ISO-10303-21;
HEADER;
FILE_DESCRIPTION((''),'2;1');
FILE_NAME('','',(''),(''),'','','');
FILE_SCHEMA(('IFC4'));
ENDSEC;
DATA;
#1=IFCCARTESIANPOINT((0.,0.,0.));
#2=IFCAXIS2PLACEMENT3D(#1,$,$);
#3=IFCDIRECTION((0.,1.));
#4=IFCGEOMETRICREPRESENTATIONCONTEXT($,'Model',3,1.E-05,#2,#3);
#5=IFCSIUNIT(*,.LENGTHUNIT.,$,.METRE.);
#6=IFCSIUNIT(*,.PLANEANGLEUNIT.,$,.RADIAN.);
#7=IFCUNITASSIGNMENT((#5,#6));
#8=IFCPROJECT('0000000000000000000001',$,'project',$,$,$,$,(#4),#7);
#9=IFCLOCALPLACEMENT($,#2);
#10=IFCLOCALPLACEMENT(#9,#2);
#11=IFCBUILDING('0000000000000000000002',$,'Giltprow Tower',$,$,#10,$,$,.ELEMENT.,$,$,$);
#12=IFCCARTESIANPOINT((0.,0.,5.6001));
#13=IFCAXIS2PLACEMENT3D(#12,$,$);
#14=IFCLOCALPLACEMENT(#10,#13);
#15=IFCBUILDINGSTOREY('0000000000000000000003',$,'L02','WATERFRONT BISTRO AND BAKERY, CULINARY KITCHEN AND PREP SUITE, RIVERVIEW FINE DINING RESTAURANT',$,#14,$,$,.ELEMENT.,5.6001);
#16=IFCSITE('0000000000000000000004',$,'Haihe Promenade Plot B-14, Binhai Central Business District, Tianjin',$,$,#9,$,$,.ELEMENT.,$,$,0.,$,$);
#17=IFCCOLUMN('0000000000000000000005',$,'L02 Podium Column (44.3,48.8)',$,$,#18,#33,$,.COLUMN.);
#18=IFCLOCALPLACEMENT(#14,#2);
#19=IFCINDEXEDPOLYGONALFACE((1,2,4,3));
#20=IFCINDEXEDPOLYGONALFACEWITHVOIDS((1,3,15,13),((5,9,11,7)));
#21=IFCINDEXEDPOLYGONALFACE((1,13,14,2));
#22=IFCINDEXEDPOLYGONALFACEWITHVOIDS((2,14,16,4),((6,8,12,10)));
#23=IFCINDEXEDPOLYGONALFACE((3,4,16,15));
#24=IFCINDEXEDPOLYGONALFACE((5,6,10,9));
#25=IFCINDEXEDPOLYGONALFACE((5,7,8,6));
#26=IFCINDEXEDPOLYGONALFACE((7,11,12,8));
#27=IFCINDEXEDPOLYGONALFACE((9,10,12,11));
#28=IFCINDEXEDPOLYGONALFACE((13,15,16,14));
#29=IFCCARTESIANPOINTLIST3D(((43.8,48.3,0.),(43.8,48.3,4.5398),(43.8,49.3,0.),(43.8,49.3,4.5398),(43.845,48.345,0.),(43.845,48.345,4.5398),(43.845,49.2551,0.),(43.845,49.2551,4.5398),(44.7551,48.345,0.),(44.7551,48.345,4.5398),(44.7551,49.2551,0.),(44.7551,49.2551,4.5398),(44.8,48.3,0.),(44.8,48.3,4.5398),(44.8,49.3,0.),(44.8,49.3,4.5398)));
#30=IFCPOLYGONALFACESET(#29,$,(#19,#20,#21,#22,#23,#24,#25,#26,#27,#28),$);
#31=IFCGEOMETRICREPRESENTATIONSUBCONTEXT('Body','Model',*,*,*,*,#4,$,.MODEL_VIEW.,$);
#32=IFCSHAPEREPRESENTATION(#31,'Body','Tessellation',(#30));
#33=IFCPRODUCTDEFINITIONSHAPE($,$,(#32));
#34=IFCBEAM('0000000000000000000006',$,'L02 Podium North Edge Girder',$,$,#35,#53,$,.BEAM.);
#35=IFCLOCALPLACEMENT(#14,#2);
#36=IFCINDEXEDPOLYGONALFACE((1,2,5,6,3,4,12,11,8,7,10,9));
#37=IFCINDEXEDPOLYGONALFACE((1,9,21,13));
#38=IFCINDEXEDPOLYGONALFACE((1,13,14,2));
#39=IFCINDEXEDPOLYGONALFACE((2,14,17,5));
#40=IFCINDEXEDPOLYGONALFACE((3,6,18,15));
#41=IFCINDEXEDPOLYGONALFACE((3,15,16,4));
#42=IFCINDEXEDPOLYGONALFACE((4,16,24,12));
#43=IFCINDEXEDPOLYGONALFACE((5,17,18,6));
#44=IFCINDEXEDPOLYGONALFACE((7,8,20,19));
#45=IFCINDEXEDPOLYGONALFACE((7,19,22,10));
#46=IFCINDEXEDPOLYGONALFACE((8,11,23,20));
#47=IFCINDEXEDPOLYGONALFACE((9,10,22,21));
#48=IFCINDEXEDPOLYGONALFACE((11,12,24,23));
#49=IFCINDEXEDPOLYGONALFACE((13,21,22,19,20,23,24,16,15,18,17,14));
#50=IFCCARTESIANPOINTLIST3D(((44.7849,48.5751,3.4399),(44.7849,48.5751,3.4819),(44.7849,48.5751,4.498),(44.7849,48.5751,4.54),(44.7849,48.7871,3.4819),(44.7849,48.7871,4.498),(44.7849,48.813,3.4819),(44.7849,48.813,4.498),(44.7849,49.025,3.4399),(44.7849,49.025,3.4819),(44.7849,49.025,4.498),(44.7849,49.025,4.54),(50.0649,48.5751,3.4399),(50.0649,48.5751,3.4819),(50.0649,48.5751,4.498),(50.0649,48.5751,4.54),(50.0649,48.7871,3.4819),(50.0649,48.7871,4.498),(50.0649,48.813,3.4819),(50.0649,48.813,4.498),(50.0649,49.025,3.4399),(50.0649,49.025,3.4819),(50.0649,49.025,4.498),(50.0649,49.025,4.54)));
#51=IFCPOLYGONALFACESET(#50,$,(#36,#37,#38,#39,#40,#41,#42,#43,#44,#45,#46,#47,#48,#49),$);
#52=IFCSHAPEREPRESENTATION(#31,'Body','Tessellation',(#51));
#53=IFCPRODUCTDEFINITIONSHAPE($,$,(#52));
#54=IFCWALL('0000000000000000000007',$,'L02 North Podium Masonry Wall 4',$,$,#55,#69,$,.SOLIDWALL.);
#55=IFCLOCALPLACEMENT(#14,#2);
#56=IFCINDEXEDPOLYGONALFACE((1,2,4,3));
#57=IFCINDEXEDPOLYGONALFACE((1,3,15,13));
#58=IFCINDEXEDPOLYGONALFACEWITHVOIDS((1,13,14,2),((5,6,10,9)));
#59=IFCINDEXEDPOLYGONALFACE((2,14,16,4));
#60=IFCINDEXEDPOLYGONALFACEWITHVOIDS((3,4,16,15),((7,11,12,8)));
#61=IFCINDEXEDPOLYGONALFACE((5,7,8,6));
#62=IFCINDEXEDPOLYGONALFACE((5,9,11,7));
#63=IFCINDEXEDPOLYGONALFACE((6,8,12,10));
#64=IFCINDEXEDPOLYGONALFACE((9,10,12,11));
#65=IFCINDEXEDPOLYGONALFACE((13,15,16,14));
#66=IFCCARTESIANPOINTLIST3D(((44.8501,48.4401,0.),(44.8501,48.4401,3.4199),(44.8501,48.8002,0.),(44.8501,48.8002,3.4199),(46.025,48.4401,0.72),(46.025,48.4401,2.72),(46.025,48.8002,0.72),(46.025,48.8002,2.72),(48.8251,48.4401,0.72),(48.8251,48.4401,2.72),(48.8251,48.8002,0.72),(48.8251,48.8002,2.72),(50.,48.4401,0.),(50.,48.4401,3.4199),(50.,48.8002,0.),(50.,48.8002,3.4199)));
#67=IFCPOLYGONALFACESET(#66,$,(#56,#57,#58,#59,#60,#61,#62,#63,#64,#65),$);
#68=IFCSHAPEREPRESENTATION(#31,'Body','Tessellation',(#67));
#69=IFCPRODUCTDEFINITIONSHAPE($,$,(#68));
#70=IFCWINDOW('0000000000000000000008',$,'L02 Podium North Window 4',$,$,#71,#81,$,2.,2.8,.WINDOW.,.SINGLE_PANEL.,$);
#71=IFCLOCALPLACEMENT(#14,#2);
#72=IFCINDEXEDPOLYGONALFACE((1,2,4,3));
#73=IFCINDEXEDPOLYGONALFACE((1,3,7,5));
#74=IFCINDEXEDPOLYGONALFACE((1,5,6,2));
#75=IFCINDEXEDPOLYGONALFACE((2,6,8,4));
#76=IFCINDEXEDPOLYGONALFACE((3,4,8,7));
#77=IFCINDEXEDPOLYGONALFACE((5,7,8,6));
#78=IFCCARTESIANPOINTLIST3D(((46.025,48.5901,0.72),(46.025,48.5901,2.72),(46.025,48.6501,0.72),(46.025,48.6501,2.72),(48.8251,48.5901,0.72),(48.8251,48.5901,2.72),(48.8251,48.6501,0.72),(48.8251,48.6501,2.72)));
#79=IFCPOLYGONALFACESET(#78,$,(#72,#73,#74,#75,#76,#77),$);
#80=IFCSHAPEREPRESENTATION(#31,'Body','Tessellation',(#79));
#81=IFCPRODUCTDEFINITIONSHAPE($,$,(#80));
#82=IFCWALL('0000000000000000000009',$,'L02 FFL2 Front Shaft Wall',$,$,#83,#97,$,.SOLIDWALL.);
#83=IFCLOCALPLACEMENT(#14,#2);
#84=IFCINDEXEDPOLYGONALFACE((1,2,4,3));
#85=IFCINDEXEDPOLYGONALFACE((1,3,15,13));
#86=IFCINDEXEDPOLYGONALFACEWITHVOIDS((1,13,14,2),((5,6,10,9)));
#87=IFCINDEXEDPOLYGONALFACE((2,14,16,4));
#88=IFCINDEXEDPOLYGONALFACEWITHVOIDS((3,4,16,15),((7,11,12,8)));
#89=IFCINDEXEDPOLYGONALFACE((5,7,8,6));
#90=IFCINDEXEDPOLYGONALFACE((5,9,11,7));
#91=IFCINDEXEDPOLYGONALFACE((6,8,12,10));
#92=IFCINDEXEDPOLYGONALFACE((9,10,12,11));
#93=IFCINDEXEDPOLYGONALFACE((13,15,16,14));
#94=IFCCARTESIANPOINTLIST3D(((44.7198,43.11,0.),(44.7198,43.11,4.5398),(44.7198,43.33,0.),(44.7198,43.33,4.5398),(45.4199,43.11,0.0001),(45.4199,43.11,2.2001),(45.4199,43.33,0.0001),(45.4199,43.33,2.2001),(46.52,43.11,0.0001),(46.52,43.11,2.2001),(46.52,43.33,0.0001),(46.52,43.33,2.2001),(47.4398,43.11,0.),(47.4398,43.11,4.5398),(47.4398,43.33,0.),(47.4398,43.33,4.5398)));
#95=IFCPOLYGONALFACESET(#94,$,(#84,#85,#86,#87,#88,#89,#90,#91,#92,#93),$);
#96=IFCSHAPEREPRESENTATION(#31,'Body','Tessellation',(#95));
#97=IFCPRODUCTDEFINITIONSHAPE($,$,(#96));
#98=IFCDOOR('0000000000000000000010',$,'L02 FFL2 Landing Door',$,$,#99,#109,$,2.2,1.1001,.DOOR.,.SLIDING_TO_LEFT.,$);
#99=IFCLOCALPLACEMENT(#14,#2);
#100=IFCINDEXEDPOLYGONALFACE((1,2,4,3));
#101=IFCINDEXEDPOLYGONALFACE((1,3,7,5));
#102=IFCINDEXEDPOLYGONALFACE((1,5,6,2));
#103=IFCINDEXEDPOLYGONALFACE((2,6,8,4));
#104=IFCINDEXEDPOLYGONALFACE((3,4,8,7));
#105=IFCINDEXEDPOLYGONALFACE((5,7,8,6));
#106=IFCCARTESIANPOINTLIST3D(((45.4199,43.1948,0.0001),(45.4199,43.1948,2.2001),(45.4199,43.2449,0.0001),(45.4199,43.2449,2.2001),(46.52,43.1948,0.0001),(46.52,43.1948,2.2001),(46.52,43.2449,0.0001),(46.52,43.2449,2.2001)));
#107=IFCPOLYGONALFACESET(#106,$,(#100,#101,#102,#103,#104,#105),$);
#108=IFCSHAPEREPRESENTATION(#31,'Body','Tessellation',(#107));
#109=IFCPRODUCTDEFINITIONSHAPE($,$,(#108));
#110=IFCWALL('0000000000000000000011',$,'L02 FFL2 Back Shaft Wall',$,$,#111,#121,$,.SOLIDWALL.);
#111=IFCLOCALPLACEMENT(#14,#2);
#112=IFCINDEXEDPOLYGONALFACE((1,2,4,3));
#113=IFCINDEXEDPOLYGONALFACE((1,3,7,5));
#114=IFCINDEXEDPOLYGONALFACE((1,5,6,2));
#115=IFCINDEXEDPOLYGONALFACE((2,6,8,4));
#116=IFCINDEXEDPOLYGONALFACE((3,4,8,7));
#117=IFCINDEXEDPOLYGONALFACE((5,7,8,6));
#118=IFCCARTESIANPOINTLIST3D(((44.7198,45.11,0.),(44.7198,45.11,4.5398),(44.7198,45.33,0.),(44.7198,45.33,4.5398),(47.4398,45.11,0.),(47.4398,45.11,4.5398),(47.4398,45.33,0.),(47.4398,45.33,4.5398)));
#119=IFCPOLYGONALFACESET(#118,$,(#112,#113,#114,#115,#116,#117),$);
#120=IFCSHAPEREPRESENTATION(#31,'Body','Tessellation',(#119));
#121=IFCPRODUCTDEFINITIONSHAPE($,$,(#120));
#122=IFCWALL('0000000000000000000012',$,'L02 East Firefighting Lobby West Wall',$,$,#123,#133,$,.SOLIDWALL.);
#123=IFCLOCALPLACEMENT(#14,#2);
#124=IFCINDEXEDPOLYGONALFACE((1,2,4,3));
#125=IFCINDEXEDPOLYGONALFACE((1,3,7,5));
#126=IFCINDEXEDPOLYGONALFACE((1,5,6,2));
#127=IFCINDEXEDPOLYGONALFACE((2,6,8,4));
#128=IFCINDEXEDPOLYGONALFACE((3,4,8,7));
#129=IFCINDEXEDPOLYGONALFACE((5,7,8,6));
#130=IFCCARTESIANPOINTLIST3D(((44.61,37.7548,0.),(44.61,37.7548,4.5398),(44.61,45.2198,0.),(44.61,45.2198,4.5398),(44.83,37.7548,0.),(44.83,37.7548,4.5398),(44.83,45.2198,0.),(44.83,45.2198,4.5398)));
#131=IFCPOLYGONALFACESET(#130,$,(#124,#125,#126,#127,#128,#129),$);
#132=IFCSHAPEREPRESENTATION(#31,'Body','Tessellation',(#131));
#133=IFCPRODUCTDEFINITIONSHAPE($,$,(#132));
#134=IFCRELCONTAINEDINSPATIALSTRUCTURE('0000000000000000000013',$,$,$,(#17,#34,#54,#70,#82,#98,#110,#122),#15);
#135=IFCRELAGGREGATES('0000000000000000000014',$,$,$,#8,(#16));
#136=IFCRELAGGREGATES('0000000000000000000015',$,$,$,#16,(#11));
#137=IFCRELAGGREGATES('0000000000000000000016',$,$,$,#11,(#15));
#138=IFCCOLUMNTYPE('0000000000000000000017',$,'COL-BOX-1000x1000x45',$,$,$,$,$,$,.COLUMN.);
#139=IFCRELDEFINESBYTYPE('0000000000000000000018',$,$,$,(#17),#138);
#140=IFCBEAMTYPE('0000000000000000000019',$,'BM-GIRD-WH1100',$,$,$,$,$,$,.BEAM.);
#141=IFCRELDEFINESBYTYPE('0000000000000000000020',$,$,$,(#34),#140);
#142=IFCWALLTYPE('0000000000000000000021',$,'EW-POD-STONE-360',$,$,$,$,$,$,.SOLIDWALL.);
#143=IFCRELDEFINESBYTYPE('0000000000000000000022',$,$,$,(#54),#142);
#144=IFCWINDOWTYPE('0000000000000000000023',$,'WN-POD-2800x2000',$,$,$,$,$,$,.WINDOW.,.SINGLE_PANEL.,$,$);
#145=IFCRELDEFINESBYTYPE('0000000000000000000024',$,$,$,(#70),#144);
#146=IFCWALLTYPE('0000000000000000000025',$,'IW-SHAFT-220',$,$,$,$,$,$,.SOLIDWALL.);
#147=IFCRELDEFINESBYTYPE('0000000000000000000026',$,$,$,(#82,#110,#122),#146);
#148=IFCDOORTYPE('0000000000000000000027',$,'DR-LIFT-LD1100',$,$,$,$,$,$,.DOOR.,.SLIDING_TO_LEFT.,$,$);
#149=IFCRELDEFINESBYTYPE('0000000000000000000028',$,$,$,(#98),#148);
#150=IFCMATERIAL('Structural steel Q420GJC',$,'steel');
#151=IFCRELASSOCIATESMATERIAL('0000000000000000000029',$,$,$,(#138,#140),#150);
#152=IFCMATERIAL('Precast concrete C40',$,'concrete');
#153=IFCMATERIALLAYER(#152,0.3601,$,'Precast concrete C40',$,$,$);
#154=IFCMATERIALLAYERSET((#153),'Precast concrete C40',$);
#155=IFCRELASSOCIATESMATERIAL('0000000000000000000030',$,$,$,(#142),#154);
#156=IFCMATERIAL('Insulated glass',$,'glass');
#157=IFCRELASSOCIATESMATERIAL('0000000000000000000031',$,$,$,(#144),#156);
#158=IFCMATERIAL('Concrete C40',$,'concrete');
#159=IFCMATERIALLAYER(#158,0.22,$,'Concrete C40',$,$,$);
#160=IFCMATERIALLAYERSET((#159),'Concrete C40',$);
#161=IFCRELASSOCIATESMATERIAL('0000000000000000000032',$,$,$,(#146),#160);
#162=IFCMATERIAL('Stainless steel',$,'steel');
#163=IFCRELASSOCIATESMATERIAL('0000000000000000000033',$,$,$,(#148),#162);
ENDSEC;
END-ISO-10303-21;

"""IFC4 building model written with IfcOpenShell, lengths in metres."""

from ifc_helpers import new_model, si_unit, direction, frame, frame_2d, origin, origin_2d, place, context, subcontext, project, spatial, rectangle, hollow_rectangle, i_section, extrude, source, transform, mapped, material, layer, layer_set, material_profile, profile_set, type_object, element, fill, save


model = new_model("IFC4")

# Units and contexts
model_context = context("Model", 3, precision=1e-05, world=origin(), true_north=direction((0.0, 1.0)))
body_context = subcontext(model_context, "Body", "Model", "MODEL_VIEW")
ifc_project = project(units=[si_unit("LENGTHUNIT", "METRE"), si_unit("PLANEANGLEUNIT", "RADIAN")], contexts=[model_context])

# Site, building, storey
site_placement = place(None, origin())
site = spatial("IfcSite", under=ifc_project, at=site_placement, Name="Haihe Promenade Plot B-14, Binhai Central Business District, Tianjin", CompositionType="ELEMENT", RefElevation=0.0)
building_placement = place(site_placement, origin())
building = spatial("IfcBuilding", under=site, at=building_placement, Name="Giltprow Tower", CompositionType="ELEMENT")
storey_placement = place(building_placement, frame((0.0, 0.0, 5.6001)))
storey = spatial("IfcBuildingStorey", under=building, at=storey_placement, Name="L02", Description="WATERFRONT BISTRO AND BAKERY, CULINARY KITCHEN AND PREP SUITE, RIVERVIEW FINE DINING RESTAURANT", CompositionType="ELEMENT", Elevation=5.6001)

# Column
ifc_material_1 = material(Name="Structural steel Q420GJC", Category="steel")
ifc_material_profile_1 = material_profile(ifc_material_1, hollow_rectangle(XDim=1.0, YDim=1.0, WallThickness=0.0449, at=origin_2d()), Name="BOX 1000x1000x45")
ifc_profile_set_1 = profile_set([ifc_material_profile_1], Name="Structural steel Q420GJC")
column_type = type_object("IfcColumnType", Name="COL-BOX-1000x1000x45", PredefinedType="COLUMN", material=ifc_profile_set_1)
shared_shape_1 = source(origin(), body_context, "Body", "SweptSolid", [
    extrude(hollow_rectangle(XDim=1.0, YDim=1.0, WallThickness=0.0449, at=origin_2d()), origin(), (0.0, 0.0, 1.0), 4.5398),
])
column_placement = place(storey_placement, frame((44.3, 48.8, 0.0), z_axis=(0.0, 0.0, 1.0), x_axis=(1.0, 0.0, 0.0)))
element("IfcColumn", 1, at=column_placement, inside=storey, type_object=column_type, Name="L02 Podium Column (44.3,48.8)", PredefinedType="COLUMN", context=body_context, shape_type="MappedRepresentation", body=[
    mapped(shared_shape_1, transform((0.0, 0.0, 0.0), x_axis=(1.0, 0.0, 0.0), y_axis=(0.0, 1.0, 0.0), z_axis=(0.0, 0.0, 1.0), scale=1.0)),
])

# Beam
ifc_material_profile_2 = material_profile(ifc_material_1, i_section(OverallWidth=0.45, OverallDepth=1.1001, WebThickness=0.0259, FlangeThickness=0.042, at=origin_2d()), Name="WH 1100x450x26x42")
ifc_profile_set_2 = profile_set([ifc_material_profile_2], Name="Structural steel Q420GJC")
beam_type = type_object("IfcBeamType", Name="BM-GIRD-WH1100", PredefinedType="BEAM", material=ifc_profile_set_2)
shared_shape_2 = source(origin(), body_context, "Body", "SweptSolid", [
    extrude(i_section(OverallWidth=0.45, OverallDepth=1.1001, WebThickness=0.0259, FlangeThickness=0.042, at=origin_2d()), origin(), (0.0, 0.0, 1.0), 5.28),
])
beam_placement = place(storey_placement, frame((44.7849, 48.8, 3.99), z_axis=(1.0, 0.0, 0.0), x_axis=(0.0, 1.0, 0.0)))
element("IfcBeam", 2, at=beam_placement, inside=storey, type_object=beam_type, Name="L02 Podium North Edge Girder", PredefinedType="BEAM", context=body_context, shape_type="MappedRepresentation", body=[
    mapped(shared_shape_2, transform((0.0, 0.0, 0.0), x_axis=(1.0, 0.0, 0.0), y_axis=(0.0, 1.0, 0.0), z_axis=(0.0, 0.0, 1.0), scale=1.0)),
])

# Wall, opening, window
ifc_material_2 = material(Name="Precast concrete C40", Category="concrete")
ifc_layer_1 = layer(ifc_material_2, 0.3601, Name="Precast concrete C40")
ifc_layer_set_1 = layer_set([ifc_layer_1], Name="Precast concrete C40")
wall_type_1 = type_object("IfcWallType", Name="EW-POD-STONE-360", PredefinedType="SOLIDWALL", material=ifc_layer_set_1)
wall_1_placement = place(storey_placement, frame((44.8501, 48.6201, 0.0), z_axis=(0.0, 0.0, 1.0), x_axis=(1.0, 0.0, 0.0)))
wall_1 = element("IfcWall", 3, at=wall_1_placement, inside=storey, type_object=wall_type_1, Name="L02 North Podium Masonry Wall 4", PredefinedType="SOLIDWALL", context=body_context, shape_type="SweptSolid", body=[
    extrude(rectangle(XDim=5.1499, YDim=0.3601, at=frame_2d((2.575, 0.0))), origin(), (0.0, 0.0, 1.0), 3.4199),
])
opening_1_placement = place(wall_1_placement, frame((1.175, 0.0, 0.72)))
opening_1 = element("IfcOpeningElement", 4, at=opening_1_placement, cuts=wall_1, PredefinedType="OPENING", context=body_context, shape_type="SweptSolid", body=[
    extrude(rectangle(XDim=2.8, YDim=2.0, at=frame_2d((1.3999, 1.0))), frame((0.0, 0.1899, 0.0), z_axis=(0.0, -1.0, 0.0), x_axis=(1.0, 0.0, 0.0)), (0.0, 0.0, 1.0), 0.3801),
])
ifc_material_3 = material(Name="Insulated glass", Category="glass")
window_type = type_object("IfcWindowType", Name="WN-POD-2800x2000", PartitioningType="SINGLE_PANEL", PredefinedType="WINDOW", material=ifc_material_3)
shared_shape_3 = source(origin(), body_context, "Body", "SweptSolid", [
    extrude(rectangle(XDim=2.8, YDim=2.0, at=frame_2d((1.3999, 1.0))), frame((0.0, 0.03, 0.0), z_axis=(0.0, -1.0, 0.0), x_axis=(1.0, 0.0, 0.0)), (0.0, 0.0, 1.0), 0.0601),
])
window_placement = place(opening_1_placement, origin())
window = element("IfcWindow", 5, at=window_placement, inside=storey, type_object=window_type, Name="L02 Podium North Window 4", OverallHeight=2.0, OverallWidth=2.8, PartitioningType="SINGLE_PANEL", PredefinedType="WINDOW", context=body_context, shape_type="MappedRepresentation", body=[
    mapped(shared_shape_3, transform((0.0, 0.0, 0.0), x_axis=(1.0, 0.0, 0.0), y_axis=(0.0, 1.0, 0.0), z_axis=(0.0, 0.0, 1.0), scale=1.0)),
])
fill(opening_1, window)

# Wall, opening, door
ifc_material_4 = material(Name="Concrete C40", Category="concrete")
ifc_layer_2 = layer(ifc_material_4, 0.22, Name="Concrete C40")
ifc_layer_set_2 = layer_set([ifc_layer_2], Name="Concrete C40")
wall_type_2 = type_object("IfcWallType", Name="IW-SHAFT-220", PredefinedType="SOLIDWALL", material=ifc_layer_set_2)
wall_2_placement = place(storey_placement, frame((44.72, 43.22, 0.0), z_axis=(0.0, 0.0, 1.0), x_axis=(1.0, 0.0, 0.0)))
wall_2 = element("IfcWall", 6, at=wall_2_placement, inside=storey, type_object=wall_type_2, Name="L02 FFL2 Front Shaft Wall", PredefinedType="SOLIDWALL", context=body_context, shape_type="SweptSolid", body=[
    extrude(rectangle(XDim=2.72, YDim=0.22, at=frame_2d((1.3599, 0.0))), origin(), (0.0, 0.0, 1.0), 4.5398),
])
opening_2_placement = place(wall_2_placement, frame((0.7, 0.0, 0.0)))
opening_2 = element("IfcOpeningElement", 7, at=opening_2_placement, cuts=wall_2, PredefinedType="OPENING", context=body_context, shape_type="SweptSolid", body=[
    extrude(rectangle(XDim=1.1001, YDim=2.2, at=frame_2d((0.55, 1.1001))), frame((0.0, 0.1199, 0.0), z_axis=(0.0, -1.0, 0.0), x_axis=(1.0, 0.0, 0.0)), (0.0, 0.0, 1.0), 0.24),
])
ifc_material_5 = material(Name="Stainless steel", Category="steel")
door_type_1 = type_object("IfcDoorType", Name="DR-LIFT-LD1100", OperationType="SLIDING_TO_LEFT", PredefinedType="DOOR", material=ifc_material_5)
shared_shape_4 = source(origin(), body_context, "Body", "SweptSolid", [
    extrude(rectangle(XDim=1.1001, YDim=2.2, at=frame_2d((0.55, 1.1001))), frame((0.0, 0.0249, 0.0), z_axis=(0.0, -1.0, 0.0), x_axis=(1.0, 0.0, 0.0)), (0.0, 0.0, 1.0), 0.05),
])
door_1_placement = place(opening_2_placement, origin())
door_1 = element("IfcDoor", 8, at=door_1_placement, inside=storey, type_object=door_type_1, Name="L02 FFL2 Landing Door", OperationType="SLIDING_TO_LEFT", OverallHeight=2.2, OverallWidth=1.1001, PredefinedType="DOOR", context=body_context, shape_type="MappedRepresentation", body=[
    mapped(shared_shape_4, transform((0.0, 0.0, 0.0), x_axis=(1.0, 0.0, 0.0), y_axis=(0.0, 1.0, 0.0), z_axis=(0.0, 0.0, 1.0), scale=1.0)),
])
fill(opening_2, door_1)

# Walls
wall_3_placement = place(storey_placement, frame((44.72, 45.22, 0.0), z_axis=(0.0, 0.0, 1.0), x_axis=(1.0, 0.0, 0.0)))
element("IfcWall", 9, at=wall_3_placement, inside=storey, type_object=wall_type_2, Name="L02 FFL2 Back Shaft Wall", PredefinedType="SOLIDWALL", context=body_context, shape_type="SweptSolid", body=[
    extrude(rectangle(XDim=2.72, YDim=0.22, at=frame_2d((1.3599, 0.0))), origin(), (0.0, 0.0, 1.0), 4.5398),
])
wall_4_placement = place(storey_placement, frame((44.72, 37.7549, 0.0), z_axis=(0.0, 0.0, 1.0), x_axis=(0.0, 1.0, 0.0)))
element("IfcWall", 10, at=wall_4_placement, inside=storey, type_object=wall_type_2, Name="L02 East Firefighting Lobby West Wall", PredefinedType="SOLIDWALL", context=body_context, shape_type="SweptSolid", body=[
    extrude(rectangle(XDim=7.4651, YDim=0.22, at=frame_2d((3.7324, 0.0))), origin(), (0.0, 0.0, 1.0), 4.5398),
])

save(model, "model.ifc")
